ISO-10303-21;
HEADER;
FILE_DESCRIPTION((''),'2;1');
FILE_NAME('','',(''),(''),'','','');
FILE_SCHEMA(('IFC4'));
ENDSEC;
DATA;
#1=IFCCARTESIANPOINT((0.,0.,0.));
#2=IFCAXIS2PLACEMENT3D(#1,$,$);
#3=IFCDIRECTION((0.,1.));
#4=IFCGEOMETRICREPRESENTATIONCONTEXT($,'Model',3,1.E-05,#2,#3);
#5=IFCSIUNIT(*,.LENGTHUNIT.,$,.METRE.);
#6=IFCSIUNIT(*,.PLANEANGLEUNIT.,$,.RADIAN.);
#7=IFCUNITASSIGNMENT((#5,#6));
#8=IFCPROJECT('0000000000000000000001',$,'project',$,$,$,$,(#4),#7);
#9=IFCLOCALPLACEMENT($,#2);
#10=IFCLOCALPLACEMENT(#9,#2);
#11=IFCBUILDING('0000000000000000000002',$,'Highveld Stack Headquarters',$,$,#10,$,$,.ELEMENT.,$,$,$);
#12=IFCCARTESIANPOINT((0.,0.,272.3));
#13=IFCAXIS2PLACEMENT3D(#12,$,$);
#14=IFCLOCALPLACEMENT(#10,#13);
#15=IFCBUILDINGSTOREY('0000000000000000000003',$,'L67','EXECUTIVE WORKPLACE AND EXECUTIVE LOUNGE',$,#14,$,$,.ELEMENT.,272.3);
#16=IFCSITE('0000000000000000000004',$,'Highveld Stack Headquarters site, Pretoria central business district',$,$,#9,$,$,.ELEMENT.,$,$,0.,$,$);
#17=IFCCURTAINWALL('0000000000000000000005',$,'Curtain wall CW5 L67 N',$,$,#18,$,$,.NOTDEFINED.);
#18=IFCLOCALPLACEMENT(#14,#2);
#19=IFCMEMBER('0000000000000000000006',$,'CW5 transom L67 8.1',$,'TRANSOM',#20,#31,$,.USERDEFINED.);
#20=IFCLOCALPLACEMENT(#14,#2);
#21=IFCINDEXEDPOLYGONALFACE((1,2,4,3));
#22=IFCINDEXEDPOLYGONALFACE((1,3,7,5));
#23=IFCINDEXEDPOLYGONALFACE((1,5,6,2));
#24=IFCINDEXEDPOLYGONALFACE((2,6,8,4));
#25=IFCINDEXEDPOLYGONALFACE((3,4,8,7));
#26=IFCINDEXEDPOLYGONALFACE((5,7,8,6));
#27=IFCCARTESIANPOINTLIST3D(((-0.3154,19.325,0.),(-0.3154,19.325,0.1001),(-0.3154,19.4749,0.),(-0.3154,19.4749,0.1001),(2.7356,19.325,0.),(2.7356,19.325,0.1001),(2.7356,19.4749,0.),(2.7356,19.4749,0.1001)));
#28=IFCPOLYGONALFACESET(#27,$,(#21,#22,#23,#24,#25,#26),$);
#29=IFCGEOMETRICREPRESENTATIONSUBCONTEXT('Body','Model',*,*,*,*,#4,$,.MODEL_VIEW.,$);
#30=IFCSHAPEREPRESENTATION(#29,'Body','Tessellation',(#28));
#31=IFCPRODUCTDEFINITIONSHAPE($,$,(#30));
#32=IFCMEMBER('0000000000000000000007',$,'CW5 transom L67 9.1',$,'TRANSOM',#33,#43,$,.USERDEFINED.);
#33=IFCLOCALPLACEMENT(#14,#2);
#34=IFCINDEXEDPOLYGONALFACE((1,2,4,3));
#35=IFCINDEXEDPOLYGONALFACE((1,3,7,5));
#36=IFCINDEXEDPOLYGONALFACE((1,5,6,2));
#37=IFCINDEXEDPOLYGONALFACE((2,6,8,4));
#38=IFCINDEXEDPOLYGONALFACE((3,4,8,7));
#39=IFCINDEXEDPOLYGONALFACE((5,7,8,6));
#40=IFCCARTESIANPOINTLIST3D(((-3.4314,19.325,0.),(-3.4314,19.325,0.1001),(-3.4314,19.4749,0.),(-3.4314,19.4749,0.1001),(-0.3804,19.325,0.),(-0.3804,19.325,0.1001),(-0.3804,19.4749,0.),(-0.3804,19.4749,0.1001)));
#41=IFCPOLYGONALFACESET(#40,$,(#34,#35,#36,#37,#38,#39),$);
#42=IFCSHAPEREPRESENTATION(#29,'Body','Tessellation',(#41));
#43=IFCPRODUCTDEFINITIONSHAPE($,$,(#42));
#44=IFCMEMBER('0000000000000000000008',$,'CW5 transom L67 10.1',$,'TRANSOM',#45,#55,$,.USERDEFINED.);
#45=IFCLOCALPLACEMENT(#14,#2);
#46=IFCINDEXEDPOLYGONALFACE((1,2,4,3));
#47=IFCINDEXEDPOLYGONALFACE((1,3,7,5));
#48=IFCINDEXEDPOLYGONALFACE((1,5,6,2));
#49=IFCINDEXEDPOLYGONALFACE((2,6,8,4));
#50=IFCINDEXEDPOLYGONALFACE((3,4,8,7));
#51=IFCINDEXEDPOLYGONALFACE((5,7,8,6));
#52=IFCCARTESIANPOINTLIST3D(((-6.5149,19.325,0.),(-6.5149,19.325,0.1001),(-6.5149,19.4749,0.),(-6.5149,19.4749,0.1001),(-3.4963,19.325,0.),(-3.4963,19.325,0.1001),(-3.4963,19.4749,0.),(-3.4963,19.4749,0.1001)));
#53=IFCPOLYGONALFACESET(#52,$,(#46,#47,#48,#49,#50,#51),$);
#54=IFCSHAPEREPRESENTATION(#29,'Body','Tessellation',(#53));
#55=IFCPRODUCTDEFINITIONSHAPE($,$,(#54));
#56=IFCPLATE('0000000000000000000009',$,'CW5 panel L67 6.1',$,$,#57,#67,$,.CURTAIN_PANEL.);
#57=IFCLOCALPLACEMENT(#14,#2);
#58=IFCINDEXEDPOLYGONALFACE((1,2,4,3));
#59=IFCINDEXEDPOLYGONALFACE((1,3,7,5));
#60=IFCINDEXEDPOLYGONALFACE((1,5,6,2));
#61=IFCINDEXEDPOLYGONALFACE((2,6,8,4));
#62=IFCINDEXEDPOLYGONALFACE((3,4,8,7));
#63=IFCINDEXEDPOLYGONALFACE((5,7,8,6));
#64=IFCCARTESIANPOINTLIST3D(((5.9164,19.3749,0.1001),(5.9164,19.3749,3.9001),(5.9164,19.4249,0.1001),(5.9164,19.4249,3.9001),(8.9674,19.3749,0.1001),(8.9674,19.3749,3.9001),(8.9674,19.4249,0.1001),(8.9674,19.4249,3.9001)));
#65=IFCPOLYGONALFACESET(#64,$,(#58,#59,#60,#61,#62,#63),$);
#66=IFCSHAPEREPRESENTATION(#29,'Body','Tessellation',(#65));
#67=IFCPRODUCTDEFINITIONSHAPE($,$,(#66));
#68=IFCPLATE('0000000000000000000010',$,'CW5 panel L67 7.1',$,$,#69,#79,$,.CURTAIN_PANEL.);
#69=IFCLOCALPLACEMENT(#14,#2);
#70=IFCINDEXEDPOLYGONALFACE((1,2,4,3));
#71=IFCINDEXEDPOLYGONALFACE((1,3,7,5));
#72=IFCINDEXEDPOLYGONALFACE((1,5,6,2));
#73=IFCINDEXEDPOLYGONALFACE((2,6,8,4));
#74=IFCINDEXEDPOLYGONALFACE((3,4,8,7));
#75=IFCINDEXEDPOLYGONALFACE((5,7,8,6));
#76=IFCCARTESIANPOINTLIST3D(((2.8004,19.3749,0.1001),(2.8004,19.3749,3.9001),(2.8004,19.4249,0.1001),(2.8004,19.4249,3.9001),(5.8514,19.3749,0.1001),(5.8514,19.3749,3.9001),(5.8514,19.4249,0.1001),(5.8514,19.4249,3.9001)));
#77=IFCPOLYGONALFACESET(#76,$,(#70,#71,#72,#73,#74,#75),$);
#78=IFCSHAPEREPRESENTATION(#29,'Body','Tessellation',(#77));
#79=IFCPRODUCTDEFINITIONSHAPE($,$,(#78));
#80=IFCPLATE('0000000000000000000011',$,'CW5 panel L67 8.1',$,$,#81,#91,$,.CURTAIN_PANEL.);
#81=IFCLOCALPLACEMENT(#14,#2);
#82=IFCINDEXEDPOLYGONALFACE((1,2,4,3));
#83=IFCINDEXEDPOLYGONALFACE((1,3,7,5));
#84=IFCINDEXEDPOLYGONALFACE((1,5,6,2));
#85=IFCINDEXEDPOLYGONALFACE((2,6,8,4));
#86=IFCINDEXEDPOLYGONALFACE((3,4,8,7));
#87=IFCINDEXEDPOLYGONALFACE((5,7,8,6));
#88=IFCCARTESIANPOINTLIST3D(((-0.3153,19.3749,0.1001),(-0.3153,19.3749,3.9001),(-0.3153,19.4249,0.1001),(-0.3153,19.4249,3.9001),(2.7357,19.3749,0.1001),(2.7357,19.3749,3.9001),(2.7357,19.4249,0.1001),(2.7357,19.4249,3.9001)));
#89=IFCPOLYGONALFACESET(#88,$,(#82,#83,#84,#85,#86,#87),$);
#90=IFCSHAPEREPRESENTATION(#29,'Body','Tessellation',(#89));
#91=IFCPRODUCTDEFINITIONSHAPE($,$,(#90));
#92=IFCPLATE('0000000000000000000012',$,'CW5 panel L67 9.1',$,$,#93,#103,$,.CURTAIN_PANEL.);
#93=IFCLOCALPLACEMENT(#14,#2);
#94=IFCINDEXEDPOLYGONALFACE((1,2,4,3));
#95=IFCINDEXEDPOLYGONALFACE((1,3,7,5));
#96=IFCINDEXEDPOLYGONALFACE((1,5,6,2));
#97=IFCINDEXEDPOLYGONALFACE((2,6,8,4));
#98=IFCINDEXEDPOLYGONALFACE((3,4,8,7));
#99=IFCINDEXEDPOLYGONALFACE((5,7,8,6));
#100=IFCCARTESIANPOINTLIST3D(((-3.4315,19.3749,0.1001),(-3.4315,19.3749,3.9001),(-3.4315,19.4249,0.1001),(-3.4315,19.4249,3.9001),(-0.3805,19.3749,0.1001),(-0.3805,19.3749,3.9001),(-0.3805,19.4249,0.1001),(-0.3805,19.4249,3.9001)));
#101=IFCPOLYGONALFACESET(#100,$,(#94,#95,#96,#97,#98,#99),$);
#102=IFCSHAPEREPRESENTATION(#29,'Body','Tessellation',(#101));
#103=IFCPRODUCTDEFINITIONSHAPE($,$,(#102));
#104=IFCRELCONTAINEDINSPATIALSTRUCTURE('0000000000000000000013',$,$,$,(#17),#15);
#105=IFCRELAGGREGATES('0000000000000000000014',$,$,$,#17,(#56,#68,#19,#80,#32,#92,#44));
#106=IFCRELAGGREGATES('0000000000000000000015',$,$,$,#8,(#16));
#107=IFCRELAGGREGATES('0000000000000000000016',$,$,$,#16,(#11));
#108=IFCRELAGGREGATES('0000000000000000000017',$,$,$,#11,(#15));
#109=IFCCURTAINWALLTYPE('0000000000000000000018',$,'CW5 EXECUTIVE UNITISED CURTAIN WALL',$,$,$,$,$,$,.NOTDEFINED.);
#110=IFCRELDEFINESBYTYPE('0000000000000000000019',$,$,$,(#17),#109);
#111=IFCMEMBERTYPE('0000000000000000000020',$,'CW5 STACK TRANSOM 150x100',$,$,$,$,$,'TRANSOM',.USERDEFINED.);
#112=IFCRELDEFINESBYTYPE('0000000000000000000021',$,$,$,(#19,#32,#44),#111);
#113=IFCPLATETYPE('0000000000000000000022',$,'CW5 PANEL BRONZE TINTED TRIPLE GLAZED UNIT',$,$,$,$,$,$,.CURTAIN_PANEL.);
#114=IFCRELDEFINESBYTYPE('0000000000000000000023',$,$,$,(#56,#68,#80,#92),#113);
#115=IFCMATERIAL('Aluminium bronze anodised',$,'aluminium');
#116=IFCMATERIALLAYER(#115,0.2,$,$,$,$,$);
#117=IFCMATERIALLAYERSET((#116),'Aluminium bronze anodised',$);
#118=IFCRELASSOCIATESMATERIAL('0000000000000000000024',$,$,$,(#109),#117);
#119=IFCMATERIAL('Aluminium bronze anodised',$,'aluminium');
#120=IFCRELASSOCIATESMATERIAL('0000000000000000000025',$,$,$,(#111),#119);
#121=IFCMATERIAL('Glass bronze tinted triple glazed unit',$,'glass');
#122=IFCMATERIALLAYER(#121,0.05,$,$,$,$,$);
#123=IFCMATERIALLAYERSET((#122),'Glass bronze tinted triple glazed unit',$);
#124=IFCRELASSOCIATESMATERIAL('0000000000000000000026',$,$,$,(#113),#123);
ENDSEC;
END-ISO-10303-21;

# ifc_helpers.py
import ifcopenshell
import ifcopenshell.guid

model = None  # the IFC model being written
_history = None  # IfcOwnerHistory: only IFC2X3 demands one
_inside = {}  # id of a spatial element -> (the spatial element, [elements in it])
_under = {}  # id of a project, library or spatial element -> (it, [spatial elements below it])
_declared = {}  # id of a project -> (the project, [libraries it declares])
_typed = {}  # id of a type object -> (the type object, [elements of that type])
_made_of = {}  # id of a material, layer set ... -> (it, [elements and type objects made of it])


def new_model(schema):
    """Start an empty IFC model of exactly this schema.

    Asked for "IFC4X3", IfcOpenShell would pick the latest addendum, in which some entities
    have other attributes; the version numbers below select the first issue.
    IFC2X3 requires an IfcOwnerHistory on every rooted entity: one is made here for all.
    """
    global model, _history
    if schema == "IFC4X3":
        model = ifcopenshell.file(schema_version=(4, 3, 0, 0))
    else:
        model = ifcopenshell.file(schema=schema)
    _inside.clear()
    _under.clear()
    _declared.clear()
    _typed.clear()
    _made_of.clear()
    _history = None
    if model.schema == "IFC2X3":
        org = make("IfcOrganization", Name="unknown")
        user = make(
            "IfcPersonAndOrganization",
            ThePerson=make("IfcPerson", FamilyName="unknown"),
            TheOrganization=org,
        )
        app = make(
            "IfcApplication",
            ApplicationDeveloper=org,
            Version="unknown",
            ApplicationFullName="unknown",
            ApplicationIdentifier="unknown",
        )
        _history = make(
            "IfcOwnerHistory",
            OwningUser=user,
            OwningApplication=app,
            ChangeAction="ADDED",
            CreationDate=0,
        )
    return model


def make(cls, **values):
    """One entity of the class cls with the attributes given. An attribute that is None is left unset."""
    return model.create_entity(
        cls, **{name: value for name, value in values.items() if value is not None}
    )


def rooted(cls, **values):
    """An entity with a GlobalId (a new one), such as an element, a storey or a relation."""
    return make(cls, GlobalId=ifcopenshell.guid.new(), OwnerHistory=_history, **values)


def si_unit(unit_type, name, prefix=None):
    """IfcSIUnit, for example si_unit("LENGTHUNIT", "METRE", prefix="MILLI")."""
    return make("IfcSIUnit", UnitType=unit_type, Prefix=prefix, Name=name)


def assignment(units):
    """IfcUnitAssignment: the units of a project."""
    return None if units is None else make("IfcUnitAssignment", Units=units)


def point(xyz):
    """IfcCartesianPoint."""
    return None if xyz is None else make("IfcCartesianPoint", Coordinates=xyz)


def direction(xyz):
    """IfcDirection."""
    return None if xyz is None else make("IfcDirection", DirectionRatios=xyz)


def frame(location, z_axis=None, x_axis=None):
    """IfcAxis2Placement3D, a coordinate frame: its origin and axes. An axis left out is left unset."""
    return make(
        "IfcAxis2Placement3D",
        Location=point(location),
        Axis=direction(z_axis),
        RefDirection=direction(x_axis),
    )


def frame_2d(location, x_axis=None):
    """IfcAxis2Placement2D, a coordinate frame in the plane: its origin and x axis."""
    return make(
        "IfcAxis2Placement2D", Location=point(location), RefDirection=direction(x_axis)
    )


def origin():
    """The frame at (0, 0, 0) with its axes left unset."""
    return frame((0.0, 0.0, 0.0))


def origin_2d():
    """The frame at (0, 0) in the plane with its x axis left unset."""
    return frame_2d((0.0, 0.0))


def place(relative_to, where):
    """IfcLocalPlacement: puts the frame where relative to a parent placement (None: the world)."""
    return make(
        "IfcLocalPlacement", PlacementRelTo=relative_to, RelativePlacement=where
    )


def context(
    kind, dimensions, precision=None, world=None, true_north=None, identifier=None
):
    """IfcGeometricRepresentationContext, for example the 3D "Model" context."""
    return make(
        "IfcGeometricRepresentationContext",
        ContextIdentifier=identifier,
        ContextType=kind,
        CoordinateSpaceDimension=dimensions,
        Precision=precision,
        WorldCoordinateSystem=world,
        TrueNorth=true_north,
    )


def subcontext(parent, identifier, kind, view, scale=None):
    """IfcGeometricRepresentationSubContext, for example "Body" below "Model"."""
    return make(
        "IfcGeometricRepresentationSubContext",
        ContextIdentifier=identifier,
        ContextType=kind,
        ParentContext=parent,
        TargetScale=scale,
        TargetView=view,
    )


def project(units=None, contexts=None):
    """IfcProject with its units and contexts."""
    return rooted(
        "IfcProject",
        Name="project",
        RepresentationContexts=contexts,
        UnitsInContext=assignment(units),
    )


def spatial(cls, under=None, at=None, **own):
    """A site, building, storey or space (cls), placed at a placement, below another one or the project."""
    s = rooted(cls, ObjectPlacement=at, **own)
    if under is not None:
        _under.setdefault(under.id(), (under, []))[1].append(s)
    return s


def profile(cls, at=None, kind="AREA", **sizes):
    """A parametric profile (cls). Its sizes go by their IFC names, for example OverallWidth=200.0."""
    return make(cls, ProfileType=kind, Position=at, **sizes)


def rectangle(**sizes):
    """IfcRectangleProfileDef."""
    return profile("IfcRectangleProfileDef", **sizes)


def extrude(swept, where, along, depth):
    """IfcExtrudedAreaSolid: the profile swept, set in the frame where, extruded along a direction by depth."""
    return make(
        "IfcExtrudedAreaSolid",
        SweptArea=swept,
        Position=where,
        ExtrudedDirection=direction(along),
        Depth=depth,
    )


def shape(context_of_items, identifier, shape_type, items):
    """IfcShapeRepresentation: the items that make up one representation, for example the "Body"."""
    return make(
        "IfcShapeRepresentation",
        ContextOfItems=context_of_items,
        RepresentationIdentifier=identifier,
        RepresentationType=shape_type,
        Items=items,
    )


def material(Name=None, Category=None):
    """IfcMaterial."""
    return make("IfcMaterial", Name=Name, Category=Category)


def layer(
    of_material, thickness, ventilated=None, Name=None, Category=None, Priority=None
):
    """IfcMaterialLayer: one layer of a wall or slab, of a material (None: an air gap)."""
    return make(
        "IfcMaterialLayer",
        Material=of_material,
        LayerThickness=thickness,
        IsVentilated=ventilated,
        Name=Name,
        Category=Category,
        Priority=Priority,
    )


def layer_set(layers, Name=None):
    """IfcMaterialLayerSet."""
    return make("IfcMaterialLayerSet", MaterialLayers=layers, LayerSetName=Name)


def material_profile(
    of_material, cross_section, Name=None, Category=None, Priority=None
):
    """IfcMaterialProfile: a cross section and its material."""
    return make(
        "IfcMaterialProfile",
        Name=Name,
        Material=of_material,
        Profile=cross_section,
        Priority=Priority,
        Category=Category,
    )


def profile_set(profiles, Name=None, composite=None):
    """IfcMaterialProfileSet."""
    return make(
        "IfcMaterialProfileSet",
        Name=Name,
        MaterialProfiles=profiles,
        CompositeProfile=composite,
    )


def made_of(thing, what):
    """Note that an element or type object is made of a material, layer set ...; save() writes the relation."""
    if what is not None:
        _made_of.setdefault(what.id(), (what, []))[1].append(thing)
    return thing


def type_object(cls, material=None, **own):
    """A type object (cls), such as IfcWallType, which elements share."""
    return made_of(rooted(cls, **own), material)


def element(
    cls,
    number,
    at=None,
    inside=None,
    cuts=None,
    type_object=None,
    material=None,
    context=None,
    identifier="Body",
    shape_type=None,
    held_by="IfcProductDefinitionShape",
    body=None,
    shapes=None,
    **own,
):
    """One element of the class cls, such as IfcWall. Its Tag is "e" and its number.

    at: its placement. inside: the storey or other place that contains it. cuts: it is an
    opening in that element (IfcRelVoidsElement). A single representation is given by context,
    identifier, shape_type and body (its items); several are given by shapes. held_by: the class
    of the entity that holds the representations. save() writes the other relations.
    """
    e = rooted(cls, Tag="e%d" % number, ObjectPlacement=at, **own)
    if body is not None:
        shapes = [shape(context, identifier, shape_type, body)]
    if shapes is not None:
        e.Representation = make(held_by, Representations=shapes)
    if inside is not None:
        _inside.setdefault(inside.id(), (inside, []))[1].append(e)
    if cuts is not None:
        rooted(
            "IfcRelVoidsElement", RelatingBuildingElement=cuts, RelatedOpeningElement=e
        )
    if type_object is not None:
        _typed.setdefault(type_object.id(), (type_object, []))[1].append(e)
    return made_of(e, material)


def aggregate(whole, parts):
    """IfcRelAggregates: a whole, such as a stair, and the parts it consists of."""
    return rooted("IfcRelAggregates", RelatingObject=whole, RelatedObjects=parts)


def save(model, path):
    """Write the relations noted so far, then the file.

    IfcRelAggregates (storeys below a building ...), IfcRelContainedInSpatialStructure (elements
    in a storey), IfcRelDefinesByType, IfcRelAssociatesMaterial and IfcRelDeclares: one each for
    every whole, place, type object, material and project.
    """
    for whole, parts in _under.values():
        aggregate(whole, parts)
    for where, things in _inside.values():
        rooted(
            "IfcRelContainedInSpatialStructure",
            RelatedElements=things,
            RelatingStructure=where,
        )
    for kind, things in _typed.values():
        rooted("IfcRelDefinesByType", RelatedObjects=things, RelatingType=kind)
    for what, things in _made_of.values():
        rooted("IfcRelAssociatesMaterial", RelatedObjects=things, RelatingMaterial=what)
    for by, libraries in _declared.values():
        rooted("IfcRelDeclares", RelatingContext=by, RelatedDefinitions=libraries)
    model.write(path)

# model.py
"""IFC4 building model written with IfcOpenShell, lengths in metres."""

from ifc_helpers import new_model, si_unit, direction, frame, origin, origin_2d, place, context, subcontext, project, spatial, rectangle, extrude, material, layer, layer_set, material_profile, profile_set, type_object, element, aggregate, save


model = new_model("IFC4")

# Units and contexts
model_context = context("Model", 3, precision=1e-05, world=origin(), true_north=direction((0.0, 1.0)))
body_context = subcontext(model_context, "Body", "Model", "MODEL_VIEW")
ifc_project = project(units=[si_unit("LENGTHUNIT", "METRE"), si_unit("PLANEANGLEUNIT", "RADIAN")], contexts=[model_context])

# Site, building, storey
site_placement = place(None, origin())
site = spatial("IfcSite", under=ifc_project, at=site_placement, Name="Highveld Stack Headquarters site, Pretoria central business district", CompositionType="ELEMENT", RefElevation=0.0)
building_placement = place(site_placement, origin())
building = spatial("IfcBuilding", under=site, at=building_placement, Name="Highveld Stack Headquarters", CompositionType="ELEMENT")
storey_placement = place(building_placement, frame((0.0, 0.0, 272.3)))
storey = spatial("IfcBuildingStorey", under=building, at=storey_placement, Name="L67", Description="EXECUTIVE WORKPLACE AND EXECUTIVE LOUNGE", CompositionType="ELEMENT", Elevation=272.3)

# Curtain wall, members, plates
ifc_material_1 = material(Name="Aluminium bronze anodised", Category="aluminium")
ifc_layer_1 = layer(ifc_material_1, 0.2)
ifc_layer_set_1 = layer_set([ifc_layer_1], Name="Aluminium bronze anodised")
curtain_wall_type = type_object("IfcCurtainWallType", Name="CW5 EXECUTIVE UNITISED CURTAIN WALL", PredefinedType="NOTDEFINED", material=ifc_layer_set_1)
curtain_wall_placement = place(storey_placement, origin())
curtain_wall = element("IfcCurtainWall", 1, at=curtain_wall_placement, inside=storey, type_object=curtain_wall_type, Name="Curtain wall CW5 L67 N", PredefinedType="NOTDEFINED")
ifc_material_2 = material(Name="Aluminium bronze anodised", Category="aluminium")
ifc_material_profile_1 = material_profile(ifc_material_2, rectangle(XDim=0.1499, YDim=0.1001, at=origin_2d()), Name="CW5 TRANSOM 150x100")
ifc_profile_set_1 = profile_set([ifc_material_profile_1], Name="Aluminium bronze anodised")
member_type_1 = type_object("IfcMemberType", Name="CW5 STACK TRANSOM 150x100", ElementType="TRANSOM", PredefinedType="USERDEFINED", material=ifc_profile_set_1)
member_1_placement = place(storey_placement, frame((2.7356, 19.3999, 0.05), z_axis=(-1.0, 0.0, 0.0), x_axis=(0.0, -1.0, 0.0)))
member_1 = element("IfcMember", 2, at=member_1_placement, type_object=member_type_1, Name="CW5 transom L67 8.1", ObjectType="TRANSOM", PredefinedType="USERDEFINED", context=body_context, shape_type="SweptSolid", body=[
    extrude(rectangle(XDim=0.1499, YDim=0.1001, at=origin_2d()), origin(), (0.0, 0.0, 1.0), 3.051),
])
member_2_placement = place(storey_placement, frame((-0.3804, 19.3999, 0.05), z_axis=(-1.0, 0.0, 0.0), x_axis=(0.0, -1.0, 0.0)))
member_2 = element("IfcMember", 3, at=member_2_placement, type_object=member_type_1, Name="CW5 transom L67 9.1", ObjectType="TRANSOM", PredefinedType="USERDEFINED", context=body_context, shape_type="SweptSolid", body=[
    extrude(rectangle(XDim=0.1499, YDim=0.1001, at=origin_2d()), origin(), (0.0, 0.0, 1.0), 3.051),
])
member_3_placement = place(storey_placement, frame((-3.4963, 19.3999, 0.05), z_axis=(-1.0, 0.0, 0.0), x_axis=(0.0, -1.0, 0.0)))
member_3 = element("IfcMember", 4, at=member_3_placement, type_object=member_type_1, Name="CW5 transom L67 10.1", ObjectType="TRANSOM", PredefinedType="USERDEFINED", context=body_context, shape_type="SweptSolid", body=[
    extrude(rectangle(XDim=0.1499, YDim=0.1001, at=origin_2d()), origin(), (0.0, 0.0, 1.0), 3.0186),
])
ifc_material_3 = material(Name="Glass bronze tinted triple glazed unit", Category="glass")
ifc_layer_2 = layer(ifc_material_3, 0.05)
ifc_layer_set_2 = layer_set([ifc_layer_2], Name="Glass bronze tinted triple glazed unit")
plate_type = type_object("IfcPlateType", Name="CW5 PANEL BRONZE TINTED TRIPLE GLAZED UNIT", PredefinedType="CURTAIN_PANEL", material=ifc_layer_set_2)
plate_1_placement = place(storey_placement, frame((7.4419, 19.3999, 0.1001), z_axis=(0.0, 0.0, 1.0), x_axis=(-1.0, 0.0, 0.0)))
plate_1 = element("IfcPlate", 5, at=plate_1_placement, type_object=plate_type, Name="CW5 panel L67 6.1", PredefinedType="CURTAIN_PANEL", context=body_context, shape_type="SweptSolid", body=[
    extrude(rectangle(XDim=3.051, YDim=0.05, at=origin_2d()), origin(), (0.0, 0.0, 1.0), 3.8),
])
plate_2_placement = place(storey_placement, frame((4.3259, 19.3999, 0.1001), z_axis=(0.0, 0.0, 1.0), x_axis=(-1.0, 0.0, 0.0)))
plate_2 = element("IfcPlate", 6, at=plate_2_placement, type_object=plate_type, Name="CW5 panel L67 7.1", PredefinedType="CURTAIN_PANEL", context=body_context, shape_type="SweptSolid", body=[
    extrude(rectangle(XDim=3.051, YDim=0.05, at=origin_2d()), origin(), (0.0, 0.0, 1.0), 3.8),
])
plate_3_placement = place(storey_placement, frame((1.2102, 19.3999, 0.1001), z_axis=(0.0, 0.0, 1.0), x_axis=(-1.0, 0.0, 0.0)))
plate_3 = element("IfcPlate", 7, at=plate_3_placement, type_object=plate_type, Name="CW5 panel L67 8.1", PredefinedType="CURTAIN_PANEL", context=body_context, shape_type="SweptSolid", body=[
    extrude(rectangle(XDim=3.051, YDim=0.05, at=origin_2d()), origin(), (0.0, 0.0, 1.0), 3.8),
])
plate_4_placement = place(storey_placement, frame((-1.906, 19.3999, 0.1001), z_axis=(0.0, 0.0, 1.0), x_axis=(-1.0, 0.0, 0.0)))
plate_4 = element("IfcPlate", 8, at=plate_4_placement, type_object=plate_type, Name="CW5 panel L67 9.1", PredefinedType="CURTAIN_PANEL", context=body_context, shape_type="SweptSolid", body=[
    extrude(rectangle(XDim=3.051, YDim=0.05, at=origin_2d()), origin(), (0.0, 0.0, 1.0), 3.8),
])
aggregate(curtain_wall, [plate_1, plate_2, member_1, plate_3, member_2, plate_4, member_3])

save(model, "model.ifc")
